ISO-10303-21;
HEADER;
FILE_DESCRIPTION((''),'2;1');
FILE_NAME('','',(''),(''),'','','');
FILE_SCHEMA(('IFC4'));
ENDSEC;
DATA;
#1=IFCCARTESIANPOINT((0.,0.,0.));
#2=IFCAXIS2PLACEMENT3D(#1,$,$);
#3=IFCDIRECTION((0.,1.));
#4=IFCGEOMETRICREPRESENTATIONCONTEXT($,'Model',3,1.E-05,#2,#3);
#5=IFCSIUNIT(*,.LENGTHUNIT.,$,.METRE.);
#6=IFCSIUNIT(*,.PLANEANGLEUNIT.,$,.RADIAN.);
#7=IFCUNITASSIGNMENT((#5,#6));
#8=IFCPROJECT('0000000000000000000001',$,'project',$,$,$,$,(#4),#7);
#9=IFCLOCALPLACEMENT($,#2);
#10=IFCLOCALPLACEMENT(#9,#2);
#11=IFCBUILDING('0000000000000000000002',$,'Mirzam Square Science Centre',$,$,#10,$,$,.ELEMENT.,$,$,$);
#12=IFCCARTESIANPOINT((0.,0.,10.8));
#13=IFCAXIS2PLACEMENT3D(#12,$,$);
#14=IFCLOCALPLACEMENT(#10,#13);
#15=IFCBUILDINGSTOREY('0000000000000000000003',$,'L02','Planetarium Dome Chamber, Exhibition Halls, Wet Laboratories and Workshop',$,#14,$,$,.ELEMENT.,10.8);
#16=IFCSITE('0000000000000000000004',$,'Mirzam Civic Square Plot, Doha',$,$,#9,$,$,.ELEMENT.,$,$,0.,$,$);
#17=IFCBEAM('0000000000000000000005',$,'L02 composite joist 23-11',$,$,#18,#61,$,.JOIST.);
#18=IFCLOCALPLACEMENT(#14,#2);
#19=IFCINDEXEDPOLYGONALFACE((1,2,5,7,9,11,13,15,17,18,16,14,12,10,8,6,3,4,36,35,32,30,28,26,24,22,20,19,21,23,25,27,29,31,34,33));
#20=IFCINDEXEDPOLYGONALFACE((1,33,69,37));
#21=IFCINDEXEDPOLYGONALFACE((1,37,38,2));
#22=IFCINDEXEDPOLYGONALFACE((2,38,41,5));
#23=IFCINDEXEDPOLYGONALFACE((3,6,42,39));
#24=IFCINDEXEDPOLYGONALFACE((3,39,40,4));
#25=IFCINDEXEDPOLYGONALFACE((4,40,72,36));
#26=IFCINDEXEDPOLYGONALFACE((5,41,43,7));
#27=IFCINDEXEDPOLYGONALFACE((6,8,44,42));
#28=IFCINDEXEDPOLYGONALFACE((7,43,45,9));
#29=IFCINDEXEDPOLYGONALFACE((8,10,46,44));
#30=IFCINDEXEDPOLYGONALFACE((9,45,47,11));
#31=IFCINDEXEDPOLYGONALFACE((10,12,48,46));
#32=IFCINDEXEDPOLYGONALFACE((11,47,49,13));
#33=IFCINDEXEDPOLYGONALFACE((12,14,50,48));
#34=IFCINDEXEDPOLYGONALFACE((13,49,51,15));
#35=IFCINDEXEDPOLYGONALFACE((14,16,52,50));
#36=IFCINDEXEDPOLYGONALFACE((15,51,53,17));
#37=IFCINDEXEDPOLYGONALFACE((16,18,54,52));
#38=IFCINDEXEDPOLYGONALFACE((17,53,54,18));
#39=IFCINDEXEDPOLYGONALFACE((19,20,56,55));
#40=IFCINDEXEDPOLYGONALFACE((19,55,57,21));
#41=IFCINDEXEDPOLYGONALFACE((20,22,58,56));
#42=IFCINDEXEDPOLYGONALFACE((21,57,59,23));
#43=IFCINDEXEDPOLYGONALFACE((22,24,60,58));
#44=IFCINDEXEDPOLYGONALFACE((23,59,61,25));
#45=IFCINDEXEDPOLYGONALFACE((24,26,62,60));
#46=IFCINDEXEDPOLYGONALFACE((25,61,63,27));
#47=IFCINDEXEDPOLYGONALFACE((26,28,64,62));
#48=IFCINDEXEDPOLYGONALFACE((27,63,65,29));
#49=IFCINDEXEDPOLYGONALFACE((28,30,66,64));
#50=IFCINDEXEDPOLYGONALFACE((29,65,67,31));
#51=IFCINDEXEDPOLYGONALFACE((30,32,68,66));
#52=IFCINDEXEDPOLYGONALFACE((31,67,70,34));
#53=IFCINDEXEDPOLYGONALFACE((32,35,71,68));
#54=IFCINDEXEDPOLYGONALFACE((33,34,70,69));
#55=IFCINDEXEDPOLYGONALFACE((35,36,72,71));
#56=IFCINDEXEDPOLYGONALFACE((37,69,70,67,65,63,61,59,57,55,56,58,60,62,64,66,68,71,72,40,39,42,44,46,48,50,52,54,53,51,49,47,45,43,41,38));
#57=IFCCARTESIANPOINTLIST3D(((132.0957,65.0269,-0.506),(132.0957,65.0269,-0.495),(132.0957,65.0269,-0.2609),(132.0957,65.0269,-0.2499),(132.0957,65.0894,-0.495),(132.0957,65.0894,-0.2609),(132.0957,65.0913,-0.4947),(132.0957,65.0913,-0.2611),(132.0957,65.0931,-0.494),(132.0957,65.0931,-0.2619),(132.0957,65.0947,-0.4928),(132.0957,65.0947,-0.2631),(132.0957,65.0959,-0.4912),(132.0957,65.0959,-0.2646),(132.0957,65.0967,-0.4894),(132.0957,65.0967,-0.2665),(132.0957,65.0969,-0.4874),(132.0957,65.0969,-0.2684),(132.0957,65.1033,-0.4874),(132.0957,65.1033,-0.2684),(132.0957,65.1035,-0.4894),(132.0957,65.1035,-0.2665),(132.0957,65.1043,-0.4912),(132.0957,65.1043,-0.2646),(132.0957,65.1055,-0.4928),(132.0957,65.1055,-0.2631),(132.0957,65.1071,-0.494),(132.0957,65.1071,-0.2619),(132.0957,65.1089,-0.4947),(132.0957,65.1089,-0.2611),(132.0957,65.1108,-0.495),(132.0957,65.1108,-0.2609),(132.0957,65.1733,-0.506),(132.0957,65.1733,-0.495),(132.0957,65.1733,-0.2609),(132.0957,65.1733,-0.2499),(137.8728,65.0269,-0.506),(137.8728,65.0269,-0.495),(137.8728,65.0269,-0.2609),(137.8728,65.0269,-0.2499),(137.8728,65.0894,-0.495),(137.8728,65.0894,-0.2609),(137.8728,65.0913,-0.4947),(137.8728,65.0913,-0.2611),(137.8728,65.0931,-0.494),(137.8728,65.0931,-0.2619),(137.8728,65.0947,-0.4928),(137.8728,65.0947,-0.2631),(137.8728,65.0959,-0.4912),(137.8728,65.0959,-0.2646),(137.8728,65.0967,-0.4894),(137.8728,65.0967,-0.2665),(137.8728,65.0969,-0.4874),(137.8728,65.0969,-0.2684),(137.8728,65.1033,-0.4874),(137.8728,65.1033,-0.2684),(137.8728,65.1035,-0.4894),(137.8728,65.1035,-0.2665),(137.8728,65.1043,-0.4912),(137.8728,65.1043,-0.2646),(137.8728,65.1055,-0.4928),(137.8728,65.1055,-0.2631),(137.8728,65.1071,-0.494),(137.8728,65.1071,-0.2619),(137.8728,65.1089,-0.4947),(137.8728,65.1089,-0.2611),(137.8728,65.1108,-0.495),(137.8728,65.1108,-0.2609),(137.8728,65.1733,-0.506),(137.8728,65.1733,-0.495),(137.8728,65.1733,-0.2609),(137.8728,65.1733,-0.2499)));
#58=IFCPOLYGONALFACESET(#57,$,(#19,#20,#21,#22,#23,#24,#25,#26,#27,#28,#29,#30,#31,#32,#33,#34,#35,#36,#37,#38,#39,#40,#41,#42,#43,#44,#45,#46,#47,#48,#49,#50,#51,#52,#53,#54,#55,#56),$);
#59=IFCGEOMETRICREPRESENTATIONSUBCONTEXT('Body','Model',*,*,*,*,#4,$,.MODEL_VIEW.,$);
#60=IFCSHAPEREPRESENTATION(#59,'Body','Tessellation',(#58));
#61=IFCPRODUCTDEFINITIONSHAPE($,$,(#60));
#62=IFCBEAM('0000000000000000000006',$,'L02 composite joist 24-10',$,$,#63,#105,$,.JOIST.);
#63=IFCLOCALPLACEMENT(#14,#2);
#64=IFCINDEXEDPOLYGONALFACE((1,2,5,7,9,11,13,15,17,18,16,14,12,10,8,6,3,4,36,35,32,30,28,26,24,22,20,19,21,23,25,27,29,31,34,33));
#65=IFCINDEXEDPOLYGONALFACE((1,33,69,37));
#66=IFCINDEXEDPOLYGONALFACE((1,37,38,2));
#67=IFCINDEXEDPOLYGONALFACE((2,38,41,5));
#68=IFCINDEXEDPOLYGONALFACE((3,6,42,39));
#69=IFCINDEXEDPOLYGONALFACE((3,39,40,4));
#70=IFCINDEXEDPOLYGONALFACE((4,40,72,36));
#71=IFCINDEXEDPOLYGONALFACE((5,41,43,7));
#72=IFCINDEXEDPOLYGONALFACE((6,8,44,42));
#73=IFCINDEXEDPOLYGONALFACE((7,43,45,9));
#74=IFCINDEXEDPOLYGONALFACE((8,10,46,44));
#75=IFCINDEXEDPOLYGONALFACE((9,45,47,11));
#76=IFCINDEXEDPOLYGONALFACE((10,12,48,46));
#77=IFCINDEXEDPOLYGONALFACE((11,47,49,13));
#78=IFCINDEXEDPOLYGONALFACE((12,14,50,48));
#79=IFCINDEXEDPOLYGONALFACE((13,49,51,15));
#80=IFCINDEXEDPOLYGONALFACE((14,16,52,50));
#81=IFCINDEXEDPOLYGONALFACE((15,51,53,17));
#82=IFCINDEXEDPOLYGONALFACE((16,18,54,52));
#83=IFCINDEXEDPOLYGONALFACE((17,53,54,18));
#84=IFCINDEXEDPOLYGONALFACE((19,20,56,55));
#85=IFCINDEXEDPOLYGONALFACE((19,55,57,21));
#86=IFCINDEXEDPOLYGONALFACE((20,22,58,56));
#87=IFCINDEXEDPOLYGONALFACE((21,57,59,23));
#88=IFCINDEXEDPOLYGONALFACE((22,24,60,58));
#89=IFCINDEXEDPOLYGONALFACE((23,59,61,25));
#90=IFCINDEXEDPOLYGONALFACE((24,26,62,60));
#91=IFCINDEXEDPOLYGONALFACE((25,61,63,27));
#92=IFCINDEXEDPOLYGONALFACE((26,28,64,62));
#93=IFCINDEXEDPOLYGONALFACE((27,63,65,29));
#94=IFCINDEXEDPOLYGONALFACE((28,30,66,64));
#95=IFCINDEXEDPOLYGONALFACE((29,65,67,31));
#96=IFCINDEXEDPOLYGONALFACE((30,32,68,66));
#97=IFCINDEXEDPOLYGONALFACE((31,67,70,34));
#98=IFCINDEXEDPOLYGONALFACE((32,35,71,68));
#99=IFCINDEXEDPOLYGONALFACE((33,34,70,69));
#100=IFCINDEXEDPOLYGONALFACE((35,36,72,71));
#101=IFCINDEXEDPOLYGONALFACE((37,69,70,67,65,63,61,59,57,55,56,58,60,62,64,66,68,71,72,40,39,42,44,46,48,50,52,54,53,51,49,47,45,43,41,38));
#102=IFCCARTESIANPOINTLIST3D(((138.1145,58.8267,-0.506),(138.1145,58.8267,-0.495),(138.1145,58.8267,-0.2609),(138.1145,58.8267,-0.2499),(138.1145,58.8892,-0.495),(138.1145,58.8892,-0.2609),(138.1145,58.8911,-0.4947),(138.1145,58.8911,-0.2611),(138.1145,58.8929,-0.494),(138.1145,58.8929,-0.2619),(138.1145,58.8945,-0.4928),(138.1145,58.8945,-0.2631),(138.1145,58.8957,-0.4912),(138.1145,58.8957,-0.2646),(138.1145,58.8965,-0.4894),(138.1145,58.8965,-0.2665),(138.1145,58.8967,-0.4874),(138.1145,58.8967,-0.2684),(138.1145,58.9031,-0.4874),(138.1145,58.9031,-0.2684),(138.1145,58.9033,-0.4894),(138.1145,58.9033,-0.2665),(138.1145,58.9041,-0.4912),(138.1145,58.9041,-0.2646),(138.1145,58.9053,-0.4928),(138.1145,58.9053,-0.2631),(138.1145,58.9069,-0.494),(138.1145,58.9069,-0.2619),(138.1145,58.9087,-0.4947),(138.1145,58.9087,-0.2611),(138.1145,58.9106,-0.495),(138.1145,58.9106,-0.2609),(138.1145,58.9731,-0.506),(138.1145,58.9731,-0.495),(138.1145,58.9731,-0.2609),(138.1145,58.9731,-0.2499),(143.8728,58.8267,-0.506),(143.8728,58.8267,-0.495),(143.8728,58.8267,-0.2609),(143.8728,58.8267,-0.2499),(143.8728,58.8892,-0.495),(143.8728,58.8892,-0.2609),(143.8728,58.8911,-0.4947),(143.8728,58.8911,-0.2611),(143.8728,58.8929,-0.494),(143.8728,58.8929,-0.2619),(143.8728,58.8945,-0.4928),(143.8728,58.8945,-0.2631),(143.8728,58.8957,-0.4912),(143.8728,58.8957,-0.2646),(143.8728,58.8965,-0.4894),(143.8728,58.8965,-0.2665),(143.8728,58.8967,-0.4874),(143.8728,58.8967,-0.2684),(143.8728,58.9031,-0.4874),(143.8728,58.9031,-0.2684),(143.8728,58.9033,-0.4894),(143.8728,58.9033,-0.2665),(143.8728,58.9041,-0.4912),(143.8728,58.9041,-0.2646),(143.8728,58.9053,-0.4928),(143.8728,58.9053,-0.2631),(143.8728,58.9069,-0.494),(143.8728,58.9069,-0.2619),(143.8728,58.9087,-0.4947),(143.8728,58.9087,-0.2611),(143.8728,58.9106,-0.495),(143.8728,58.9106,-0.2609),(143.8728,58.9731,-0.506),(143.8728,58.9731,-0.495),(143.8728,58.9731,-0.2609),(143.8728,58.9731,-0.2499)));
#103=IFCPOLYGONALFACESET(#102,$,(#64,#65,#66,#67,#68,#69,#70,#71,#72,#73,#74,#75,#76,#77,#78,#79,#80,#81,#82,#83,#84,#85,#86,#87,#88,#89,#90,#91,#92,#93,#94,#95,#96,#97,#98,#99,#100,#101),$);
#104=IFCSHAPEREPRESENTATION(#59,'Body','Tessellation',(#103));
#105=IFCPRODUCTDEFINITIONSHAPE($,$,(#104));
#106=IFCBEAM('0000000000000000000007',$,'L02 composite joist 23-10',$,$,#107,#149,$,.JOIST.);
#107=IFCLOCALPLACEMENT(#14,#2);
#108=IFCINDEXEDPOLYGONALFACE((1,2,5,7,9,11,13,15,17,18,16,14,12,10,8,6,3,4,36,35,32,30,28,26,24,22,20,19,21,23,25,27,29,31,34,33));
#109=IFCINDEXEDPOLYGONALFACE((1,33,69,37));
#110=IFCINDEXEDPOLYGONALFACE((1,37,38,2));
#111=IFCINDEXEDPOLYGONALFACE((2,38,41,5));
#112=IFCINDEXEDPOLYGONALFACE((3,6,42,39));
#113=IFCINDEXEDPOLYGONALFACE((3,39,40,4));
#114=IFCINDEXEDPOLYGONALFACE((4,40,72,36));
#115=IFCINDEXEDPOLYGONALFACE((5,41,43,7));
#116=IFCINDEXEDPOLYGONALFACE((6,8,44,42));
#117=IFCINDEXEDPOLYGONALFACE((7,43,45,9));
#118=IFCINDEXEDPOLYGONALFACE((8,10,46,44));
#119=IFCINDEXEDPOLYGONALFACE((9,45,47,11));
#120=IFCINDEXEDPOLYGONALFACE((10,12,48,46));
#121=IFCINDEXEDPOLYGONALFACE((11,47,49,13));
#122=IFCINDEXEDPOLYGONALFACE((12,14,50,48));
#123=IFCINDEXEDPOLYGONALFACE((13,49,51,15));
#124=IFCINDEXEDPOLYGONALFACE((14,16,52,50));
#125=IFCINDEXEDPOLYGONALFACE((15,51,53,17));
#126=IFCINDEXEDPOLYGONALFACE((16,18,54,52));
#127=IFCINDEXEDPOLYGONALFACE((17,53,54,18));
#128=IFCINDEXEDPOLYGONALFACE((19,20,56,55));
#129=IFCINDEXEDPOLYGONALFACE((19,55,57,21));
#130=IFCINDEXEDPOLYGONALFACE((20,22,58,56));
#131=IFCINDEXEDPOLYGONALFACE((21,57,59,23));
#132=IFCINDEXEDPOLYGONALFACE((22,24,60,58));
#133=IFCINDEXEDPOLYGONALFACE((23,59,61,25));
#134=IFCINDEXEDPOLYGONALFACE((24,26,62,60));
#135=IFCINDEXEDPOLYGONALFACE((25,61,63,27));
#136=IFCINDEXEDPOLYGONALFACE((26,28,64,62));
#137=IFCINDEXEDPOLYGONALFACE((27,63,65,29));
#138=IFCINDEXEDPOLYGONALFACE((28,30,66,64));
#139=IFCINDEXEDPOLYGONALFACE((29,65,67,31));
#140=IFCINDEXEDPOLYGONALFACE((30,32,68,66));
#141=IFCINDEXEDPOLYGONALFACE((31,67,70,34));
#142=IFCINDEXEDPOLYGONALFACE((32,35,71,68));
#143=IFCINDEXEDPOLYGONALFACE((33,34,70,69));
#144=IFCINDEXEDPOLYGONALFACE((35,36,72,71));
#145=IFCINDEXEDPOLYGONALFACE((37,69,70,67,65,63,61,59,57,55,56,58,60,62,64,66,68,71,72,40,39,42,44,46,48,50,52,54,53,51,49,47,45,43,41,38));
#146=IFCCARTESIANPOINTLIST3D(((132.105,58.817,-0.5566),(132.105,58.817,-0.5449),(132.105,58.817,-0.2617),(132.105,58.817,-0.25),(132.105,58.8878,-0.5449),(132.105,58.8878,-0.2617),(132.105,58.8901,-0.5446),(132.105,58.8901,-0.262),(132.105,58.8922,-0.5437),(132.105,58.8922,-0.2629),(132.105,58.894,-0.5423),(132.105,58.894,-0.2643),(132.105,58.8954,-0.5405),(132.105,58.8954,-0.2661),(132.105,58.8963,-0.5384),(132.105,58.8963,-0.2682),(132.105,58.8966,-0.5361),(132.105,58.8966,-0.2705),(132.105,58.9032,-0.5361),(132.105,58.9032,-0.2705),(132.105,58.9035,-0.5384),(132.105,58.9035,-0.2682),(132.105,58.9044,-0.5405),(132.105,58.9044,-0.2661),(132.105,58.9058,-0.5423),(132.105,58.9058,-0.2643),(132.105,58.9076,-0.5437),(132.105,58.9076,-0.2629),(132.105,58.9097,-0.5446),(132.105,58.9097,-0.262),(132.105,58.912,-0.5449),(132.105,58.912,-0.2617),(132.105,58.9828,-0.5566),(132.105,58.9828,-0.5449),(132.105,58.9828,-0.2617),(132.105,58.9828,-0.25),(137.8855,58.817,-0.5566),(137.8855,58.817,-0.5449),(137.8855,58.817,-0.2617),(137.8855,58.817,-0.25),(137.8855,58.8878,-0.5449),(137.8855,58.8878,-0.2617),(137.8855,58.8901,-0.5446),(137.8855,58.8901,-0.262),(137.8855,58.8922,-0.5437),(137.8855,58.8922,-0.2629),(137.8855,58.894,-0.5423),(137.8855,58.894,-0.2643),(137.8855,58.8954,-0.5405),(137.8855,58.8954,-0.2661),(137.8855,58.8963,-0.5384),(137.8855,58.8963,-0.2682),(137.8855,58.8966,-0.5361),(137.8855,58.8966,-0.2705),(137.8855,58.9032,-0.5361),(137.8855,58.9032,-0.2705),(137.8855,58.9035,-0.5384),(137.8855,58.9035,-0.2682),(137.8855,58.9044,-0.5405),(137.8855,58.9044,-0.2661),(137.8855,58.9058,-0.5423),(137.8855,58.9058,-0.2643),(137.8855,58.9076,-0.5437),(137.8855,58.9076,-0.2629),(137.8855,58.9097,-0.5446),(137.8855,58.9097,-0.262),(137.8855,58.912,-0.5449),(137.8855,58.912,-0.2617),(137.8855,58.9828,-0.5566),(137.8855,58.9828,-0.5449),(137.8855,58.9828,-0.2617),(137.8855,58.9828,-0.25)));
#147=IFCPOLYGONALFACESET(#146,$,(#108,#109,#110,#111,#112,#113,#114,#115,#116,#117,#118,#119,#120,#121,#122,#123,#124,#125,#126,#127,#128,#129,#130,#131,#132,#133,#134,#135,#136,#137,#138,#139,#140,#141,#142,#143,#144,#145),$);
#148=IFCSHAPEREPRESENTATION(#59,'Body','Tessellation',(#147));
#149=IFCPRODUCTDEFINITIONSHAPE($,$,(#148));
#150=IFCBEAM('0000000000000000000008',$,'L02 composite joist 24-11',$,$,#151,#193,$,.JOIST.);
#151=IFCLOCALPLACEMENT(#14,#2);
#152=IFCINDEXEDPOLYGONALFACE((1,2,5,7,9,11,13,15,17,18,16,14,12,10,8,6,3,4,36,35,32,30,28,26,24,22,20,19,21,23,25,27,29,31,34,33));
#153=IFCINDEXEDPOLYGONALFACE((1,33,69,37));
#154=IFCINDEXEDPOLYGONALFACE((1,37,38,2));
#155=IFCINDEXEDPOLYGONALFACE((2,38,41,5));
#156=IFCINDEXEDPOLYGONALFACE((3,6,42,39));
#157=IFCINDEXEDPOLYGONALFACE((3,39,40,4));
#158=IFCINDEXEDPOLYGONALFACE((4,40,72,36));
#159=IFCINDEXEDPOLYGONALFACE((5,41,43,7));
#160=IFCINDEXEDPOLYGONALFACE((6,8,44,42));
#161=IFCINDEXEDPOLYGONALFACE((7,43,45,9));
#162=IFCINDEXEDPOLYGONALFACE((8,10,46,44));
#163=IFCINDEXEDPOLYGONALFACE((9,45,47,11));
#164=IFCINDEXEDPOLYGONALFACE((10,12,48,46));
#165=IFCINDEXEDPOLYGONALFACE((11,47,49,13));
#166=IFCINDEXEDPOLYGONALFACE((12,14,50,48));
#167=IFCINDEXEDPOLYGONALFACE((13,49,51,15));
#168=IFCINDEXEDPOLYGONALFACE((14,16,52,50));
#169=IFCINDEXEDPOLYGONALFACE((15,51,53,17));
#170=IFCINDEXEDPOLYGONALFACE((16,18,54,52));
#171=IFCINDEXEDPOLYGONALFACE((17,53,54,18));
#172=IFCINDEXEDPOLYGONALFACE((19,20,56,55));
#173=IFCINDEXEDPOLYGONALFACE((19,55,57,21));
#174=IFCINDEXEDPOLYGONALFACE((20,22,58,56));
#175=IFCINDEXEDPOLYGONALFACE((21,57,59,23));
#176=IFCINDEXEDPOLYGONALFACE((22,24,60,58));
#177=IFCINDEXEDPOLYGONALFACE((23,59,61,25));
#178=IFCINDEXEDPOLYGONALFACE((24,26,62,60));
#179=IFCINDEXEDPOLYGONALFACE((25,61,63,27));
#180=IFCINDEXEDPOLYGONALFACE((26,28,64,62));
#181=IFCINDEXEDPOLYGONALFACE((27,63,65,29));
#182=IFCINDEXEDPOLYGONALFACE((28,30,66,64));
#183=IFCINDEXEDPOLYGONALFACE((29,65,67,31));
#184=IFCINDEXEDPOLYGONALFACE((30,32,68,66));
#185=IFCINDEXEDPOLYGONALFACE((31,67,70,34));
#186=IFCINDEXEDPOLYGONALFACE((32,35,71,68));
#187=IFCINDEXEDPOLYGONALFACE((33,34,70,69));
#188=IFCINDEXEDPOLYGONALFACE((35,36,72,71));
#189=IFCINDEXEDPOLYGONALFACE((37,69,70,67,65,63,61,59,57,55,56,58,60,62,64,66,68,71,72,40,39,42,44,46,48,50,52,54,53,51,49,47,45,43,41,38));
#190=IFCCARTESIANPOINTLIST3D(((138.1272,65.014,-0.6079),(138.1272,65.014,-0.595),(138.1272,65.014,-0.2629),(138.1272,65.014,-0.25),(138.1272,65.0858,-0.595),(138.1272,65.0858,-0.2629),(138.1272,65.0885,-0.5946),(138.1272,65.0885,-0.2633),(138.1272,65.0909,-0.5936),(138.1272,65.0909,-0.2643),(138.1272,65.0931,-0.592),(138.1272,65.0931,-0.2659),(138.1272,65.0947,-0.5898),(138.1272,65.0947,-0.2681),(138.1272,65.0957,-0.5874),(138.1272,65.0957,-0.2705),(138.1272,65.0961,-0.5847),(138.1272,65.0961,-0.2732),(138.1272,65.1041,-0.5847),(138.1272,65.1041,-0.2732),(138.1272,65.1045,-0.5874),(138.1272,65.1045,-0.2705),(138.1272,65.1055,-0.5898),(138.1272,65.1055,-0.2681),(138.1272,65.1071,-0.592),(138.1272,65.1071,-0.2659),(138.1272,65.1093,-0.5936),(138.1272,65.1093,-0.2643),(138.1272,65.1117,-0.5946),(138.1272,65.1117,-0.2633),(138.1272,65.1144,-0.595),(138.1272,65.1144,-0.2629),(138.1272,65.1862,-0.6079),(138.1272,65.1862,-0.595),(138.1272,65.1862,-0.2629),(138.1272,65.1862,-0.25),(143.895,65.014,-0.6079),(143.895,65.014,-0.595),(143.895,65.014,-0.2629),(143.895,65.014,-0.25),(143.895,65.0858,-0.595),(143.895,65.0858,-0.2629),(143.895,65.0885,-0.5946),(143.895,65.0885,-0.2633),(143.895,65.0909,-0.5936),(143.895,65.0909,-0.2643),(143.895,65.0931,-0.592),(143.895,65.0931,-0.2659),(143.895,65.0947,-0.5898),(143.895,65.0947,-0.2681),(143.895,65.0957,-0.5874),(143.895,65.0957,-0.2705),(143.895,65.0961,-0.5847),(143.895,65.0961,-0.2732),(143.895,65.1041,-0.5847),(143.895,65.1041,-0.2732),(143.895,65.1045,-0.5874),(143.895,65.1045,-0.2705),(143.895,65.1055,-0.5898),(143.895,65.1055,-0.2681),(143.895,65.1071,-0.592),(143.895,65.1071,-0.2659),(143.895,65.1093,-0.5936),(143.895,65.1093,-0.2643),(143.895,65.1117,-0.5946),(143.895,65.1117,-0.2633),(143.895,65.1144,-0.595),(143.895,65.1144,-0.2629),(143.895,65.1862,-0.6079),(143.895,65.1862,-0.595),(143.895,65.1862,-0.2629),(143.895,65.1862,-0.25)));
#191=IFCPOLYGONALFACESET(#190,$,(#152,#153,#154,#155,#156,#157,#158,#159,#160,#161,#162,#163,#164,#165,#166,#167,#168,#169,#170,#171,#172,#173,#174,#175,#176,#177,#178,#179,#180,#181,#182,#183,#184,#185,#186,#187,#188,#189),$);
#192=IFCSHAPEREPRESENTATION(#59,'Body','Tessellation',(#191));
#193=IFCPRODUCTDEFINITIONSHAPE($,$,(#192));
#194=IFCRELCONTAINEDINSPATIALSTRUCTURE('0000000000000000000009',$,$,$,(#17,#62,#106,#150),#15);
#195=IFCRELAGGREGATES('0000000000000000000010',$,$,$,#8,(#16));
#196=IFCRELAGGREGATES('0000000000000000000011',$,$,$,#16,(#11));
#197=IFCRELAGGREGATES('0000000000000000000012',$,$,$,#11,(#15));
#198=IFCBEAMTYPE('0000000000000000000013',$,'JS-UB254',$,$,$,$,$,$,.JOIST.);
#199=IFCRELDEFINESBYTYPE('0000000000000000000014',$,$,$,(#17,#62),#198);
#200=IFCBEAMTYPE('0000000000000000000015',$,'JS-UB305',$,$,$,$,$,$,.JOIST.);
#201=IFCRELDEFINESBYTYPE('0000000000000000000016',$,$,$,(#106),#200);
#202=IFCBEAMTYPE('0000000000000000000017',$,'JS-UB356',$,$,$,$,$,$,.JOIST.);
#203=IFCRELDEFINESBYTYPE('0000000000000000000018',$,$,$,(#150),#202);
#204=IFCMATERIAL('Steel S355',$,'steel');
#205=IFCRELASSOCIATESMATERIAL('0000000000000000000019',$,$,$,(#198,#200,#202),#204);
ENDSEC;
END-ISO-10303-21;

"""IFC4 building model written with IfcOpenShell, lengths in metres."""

from ifc_helpers import new_model, si_unit, direction, frame, origin, origin_2d, place, context, subcontext, project, spatial, i_section, extrude, material, material_profile, profile_set, type_object, element, save


model = new_model("IFC4")

# Units and contexts
model_context = context("Model", 3, precision=1e-05, world=origin(), true_north=direction((0.0, 1.0)))
body_context = subcontext(model_context, "Body", "Model", "MODEL_VIEW")
ifc_project = project(units=[si_unit("LENGTHUNIT", "METRE"), si_unit("PLANEANGLEUNIT", "RADIAN")], contexts=[model_context])

# Site, building, storey
site_placement = place(None, origin())
site = spatial("IfcSite", under=ifc_project, at=site_placement, Name="Mirzam Civic Square Plot, Doha", CompositionType="ELEMENT", RefElevation=0.0)
building_placement = place(site_placement, origin())
building = spatial("IfcBuilding", under=site, at=building_placement, Name="Mirzam Square Science Centre", CompositionType="ELEMENT")
storey_placement = place(building_placement, frame((0.0, 0.0, 10.8)))
storey = spatial("IfcBuildingStorey", under=building, at=storey_placement, Name="L02", Description="Planetarium Dome Chamber, Exhibition Halls, Wet Laboratories and Workshop", CompositionType="ELEMENT", Elevation=10.8)

# Shared definitions
ifc_material_1 = material(Name="Steel S355", Category="steel")

# Beams
ifc_material_profile_1 = material_profile(ifc_material_1, i_section(OverallWidth=0.1465, OverallDepth=0.2561, WebThickness=0.0063, FlangeThickness=0.011, FilletRadius=0.0076, at=origin_2d()), Name="254x146x37UB")
ifc_profile_set_1 = profile_set([ifc_material_profile_1], Name="Steel S355")
beam_type_1 = type_object("IfcBeamType", Name="JS-UB254", PredefinedType="JOIST", material=ifc_profile_set_1)
beam_1_placement = place(storey_placement, frame((132.0957, 65.1001, -0.3779), z_axis=(1.0, 0.0, 0.0), x_axis=(0.0, 1.0, 0.0)))
element("IfcBeam", 1, at=beam_1_placement, inside=storey, type_object=beam_type_1, Name="L02 composite joist 23-11", PredefinedType="JOIST", context=body_context, shape_type="SweptSolid", body=[
    extrude(i_section(OverallWidth=0.1465, OverallDepth=0.2561, WebThickness=0.0063, FlangeThickness=0.011, FilletRadius=0.0076, at=origin_2d()), origin(), (0.0, 0.0, 1.0), 5.7771),
])
beam_2_placement = place(storey_placement, frame((138.1145, 58.8999, -0.3779), z_axis=(1.0, 0.0, 0.0), x_axis=(0.0, 1.0, 0.0)))
element("IfcBeam", 2, at=beam_2_placement, inside=storey, type_object=beam_type_1, Name="L02 composite joist 24-10", PredefinedType="JOIST", context=body_context, shape_type="SweptSolid", body=[
    extrude(i_section(OverallWidth=0.1465, OverallDepth=0.2561, WebThickness=0.0063, FlangeThickness=0.011, FilletRadius=0.0076, at=origin_2d()), origin(), (0.0, 0.0, 1.0), 5.7583),
])
ifc_material_profile_2 = material_profile(ifc_material_1, i_section(OverallWidth=0.1658, OverallDepth=0.3066, WebThickness=0.0066, FlangeThickness=0.0117, FilletRadius=0.0088, at=origin_2d()), Name="305x165x46UB")
ifc_profile_set_2 = profile_set([ifc_material_profile_2], Name="Steel S355")
beam_type_2 = type_object("IfcBeamType", Name="JS-UB305", PredefinedType="JOIST", material=ifc_profile_set_2)
beam_3_placement = place(storey_placement, frame((132.105, 58.8999, -0.4033), z_axis=(1.0, 0.0, 0.0), x_axis=(0.0, 1.0, 0.0)))
element("IfcBeam", 3, at=beam_3_placement, inside=storey, type_object=beam_type_2, Name="L02 composite joist 23-10", PredefinedType="JOIST", context=body_context, shape_type="SweptSolid", body=[
    extrude(i_section(OverallWidth=0.1658, OverallDepth=0.3066, WebThickness=0.0066, FlangeThickness=0.0117, FilletRadius=0.0088, at=origin_2d()), origin(), (0.0, 0.0, 1.0), 5.7805),
])
ifc_material_profile_3 = material_profile(ifc_material_1, i_section(OverallWidth=0.1721, OverallDepth=0.3579, WebThickness=0.0081, FlangeThickness=0.0129, FilletRadius=0.0103, at=origin_2d()), Name="356x171x57UB")
ifc_profile_set_3 = profile_set([ifc_material_profile_3], Name="Steel S355")
beam_type_3 = type_object("IfcBeamType", Name="JS-UB356", PredefinedType="JOIST", material=ifc_profile_set_3)
beam_4_placement = place(storey_placement, frame((138.1272, 65.1001, -0.429), z_axis=(1.0, 0.0, 0.0), x_axis=(0.0, 1.0, 0.0)))
element("IfcBeam", 4, at=beam_4_placement, inside=storey, type_object=beam_type_3, Name="L02 composite joist 24-11", PredefinedType="JOIST", context=body_context, shape_type="SweptSolid", body=[
    extrude(i_section(OverallWidth=0.1721, OverallDepth=0.3579, WebThickness=0.0081, FlangeThickness=0.0129, FilletRadius=0.0103, at=origin_2d()), origin(), (0.0, 0.0, 1.0), 5.7678),
])

save(model, "model.ifc")
